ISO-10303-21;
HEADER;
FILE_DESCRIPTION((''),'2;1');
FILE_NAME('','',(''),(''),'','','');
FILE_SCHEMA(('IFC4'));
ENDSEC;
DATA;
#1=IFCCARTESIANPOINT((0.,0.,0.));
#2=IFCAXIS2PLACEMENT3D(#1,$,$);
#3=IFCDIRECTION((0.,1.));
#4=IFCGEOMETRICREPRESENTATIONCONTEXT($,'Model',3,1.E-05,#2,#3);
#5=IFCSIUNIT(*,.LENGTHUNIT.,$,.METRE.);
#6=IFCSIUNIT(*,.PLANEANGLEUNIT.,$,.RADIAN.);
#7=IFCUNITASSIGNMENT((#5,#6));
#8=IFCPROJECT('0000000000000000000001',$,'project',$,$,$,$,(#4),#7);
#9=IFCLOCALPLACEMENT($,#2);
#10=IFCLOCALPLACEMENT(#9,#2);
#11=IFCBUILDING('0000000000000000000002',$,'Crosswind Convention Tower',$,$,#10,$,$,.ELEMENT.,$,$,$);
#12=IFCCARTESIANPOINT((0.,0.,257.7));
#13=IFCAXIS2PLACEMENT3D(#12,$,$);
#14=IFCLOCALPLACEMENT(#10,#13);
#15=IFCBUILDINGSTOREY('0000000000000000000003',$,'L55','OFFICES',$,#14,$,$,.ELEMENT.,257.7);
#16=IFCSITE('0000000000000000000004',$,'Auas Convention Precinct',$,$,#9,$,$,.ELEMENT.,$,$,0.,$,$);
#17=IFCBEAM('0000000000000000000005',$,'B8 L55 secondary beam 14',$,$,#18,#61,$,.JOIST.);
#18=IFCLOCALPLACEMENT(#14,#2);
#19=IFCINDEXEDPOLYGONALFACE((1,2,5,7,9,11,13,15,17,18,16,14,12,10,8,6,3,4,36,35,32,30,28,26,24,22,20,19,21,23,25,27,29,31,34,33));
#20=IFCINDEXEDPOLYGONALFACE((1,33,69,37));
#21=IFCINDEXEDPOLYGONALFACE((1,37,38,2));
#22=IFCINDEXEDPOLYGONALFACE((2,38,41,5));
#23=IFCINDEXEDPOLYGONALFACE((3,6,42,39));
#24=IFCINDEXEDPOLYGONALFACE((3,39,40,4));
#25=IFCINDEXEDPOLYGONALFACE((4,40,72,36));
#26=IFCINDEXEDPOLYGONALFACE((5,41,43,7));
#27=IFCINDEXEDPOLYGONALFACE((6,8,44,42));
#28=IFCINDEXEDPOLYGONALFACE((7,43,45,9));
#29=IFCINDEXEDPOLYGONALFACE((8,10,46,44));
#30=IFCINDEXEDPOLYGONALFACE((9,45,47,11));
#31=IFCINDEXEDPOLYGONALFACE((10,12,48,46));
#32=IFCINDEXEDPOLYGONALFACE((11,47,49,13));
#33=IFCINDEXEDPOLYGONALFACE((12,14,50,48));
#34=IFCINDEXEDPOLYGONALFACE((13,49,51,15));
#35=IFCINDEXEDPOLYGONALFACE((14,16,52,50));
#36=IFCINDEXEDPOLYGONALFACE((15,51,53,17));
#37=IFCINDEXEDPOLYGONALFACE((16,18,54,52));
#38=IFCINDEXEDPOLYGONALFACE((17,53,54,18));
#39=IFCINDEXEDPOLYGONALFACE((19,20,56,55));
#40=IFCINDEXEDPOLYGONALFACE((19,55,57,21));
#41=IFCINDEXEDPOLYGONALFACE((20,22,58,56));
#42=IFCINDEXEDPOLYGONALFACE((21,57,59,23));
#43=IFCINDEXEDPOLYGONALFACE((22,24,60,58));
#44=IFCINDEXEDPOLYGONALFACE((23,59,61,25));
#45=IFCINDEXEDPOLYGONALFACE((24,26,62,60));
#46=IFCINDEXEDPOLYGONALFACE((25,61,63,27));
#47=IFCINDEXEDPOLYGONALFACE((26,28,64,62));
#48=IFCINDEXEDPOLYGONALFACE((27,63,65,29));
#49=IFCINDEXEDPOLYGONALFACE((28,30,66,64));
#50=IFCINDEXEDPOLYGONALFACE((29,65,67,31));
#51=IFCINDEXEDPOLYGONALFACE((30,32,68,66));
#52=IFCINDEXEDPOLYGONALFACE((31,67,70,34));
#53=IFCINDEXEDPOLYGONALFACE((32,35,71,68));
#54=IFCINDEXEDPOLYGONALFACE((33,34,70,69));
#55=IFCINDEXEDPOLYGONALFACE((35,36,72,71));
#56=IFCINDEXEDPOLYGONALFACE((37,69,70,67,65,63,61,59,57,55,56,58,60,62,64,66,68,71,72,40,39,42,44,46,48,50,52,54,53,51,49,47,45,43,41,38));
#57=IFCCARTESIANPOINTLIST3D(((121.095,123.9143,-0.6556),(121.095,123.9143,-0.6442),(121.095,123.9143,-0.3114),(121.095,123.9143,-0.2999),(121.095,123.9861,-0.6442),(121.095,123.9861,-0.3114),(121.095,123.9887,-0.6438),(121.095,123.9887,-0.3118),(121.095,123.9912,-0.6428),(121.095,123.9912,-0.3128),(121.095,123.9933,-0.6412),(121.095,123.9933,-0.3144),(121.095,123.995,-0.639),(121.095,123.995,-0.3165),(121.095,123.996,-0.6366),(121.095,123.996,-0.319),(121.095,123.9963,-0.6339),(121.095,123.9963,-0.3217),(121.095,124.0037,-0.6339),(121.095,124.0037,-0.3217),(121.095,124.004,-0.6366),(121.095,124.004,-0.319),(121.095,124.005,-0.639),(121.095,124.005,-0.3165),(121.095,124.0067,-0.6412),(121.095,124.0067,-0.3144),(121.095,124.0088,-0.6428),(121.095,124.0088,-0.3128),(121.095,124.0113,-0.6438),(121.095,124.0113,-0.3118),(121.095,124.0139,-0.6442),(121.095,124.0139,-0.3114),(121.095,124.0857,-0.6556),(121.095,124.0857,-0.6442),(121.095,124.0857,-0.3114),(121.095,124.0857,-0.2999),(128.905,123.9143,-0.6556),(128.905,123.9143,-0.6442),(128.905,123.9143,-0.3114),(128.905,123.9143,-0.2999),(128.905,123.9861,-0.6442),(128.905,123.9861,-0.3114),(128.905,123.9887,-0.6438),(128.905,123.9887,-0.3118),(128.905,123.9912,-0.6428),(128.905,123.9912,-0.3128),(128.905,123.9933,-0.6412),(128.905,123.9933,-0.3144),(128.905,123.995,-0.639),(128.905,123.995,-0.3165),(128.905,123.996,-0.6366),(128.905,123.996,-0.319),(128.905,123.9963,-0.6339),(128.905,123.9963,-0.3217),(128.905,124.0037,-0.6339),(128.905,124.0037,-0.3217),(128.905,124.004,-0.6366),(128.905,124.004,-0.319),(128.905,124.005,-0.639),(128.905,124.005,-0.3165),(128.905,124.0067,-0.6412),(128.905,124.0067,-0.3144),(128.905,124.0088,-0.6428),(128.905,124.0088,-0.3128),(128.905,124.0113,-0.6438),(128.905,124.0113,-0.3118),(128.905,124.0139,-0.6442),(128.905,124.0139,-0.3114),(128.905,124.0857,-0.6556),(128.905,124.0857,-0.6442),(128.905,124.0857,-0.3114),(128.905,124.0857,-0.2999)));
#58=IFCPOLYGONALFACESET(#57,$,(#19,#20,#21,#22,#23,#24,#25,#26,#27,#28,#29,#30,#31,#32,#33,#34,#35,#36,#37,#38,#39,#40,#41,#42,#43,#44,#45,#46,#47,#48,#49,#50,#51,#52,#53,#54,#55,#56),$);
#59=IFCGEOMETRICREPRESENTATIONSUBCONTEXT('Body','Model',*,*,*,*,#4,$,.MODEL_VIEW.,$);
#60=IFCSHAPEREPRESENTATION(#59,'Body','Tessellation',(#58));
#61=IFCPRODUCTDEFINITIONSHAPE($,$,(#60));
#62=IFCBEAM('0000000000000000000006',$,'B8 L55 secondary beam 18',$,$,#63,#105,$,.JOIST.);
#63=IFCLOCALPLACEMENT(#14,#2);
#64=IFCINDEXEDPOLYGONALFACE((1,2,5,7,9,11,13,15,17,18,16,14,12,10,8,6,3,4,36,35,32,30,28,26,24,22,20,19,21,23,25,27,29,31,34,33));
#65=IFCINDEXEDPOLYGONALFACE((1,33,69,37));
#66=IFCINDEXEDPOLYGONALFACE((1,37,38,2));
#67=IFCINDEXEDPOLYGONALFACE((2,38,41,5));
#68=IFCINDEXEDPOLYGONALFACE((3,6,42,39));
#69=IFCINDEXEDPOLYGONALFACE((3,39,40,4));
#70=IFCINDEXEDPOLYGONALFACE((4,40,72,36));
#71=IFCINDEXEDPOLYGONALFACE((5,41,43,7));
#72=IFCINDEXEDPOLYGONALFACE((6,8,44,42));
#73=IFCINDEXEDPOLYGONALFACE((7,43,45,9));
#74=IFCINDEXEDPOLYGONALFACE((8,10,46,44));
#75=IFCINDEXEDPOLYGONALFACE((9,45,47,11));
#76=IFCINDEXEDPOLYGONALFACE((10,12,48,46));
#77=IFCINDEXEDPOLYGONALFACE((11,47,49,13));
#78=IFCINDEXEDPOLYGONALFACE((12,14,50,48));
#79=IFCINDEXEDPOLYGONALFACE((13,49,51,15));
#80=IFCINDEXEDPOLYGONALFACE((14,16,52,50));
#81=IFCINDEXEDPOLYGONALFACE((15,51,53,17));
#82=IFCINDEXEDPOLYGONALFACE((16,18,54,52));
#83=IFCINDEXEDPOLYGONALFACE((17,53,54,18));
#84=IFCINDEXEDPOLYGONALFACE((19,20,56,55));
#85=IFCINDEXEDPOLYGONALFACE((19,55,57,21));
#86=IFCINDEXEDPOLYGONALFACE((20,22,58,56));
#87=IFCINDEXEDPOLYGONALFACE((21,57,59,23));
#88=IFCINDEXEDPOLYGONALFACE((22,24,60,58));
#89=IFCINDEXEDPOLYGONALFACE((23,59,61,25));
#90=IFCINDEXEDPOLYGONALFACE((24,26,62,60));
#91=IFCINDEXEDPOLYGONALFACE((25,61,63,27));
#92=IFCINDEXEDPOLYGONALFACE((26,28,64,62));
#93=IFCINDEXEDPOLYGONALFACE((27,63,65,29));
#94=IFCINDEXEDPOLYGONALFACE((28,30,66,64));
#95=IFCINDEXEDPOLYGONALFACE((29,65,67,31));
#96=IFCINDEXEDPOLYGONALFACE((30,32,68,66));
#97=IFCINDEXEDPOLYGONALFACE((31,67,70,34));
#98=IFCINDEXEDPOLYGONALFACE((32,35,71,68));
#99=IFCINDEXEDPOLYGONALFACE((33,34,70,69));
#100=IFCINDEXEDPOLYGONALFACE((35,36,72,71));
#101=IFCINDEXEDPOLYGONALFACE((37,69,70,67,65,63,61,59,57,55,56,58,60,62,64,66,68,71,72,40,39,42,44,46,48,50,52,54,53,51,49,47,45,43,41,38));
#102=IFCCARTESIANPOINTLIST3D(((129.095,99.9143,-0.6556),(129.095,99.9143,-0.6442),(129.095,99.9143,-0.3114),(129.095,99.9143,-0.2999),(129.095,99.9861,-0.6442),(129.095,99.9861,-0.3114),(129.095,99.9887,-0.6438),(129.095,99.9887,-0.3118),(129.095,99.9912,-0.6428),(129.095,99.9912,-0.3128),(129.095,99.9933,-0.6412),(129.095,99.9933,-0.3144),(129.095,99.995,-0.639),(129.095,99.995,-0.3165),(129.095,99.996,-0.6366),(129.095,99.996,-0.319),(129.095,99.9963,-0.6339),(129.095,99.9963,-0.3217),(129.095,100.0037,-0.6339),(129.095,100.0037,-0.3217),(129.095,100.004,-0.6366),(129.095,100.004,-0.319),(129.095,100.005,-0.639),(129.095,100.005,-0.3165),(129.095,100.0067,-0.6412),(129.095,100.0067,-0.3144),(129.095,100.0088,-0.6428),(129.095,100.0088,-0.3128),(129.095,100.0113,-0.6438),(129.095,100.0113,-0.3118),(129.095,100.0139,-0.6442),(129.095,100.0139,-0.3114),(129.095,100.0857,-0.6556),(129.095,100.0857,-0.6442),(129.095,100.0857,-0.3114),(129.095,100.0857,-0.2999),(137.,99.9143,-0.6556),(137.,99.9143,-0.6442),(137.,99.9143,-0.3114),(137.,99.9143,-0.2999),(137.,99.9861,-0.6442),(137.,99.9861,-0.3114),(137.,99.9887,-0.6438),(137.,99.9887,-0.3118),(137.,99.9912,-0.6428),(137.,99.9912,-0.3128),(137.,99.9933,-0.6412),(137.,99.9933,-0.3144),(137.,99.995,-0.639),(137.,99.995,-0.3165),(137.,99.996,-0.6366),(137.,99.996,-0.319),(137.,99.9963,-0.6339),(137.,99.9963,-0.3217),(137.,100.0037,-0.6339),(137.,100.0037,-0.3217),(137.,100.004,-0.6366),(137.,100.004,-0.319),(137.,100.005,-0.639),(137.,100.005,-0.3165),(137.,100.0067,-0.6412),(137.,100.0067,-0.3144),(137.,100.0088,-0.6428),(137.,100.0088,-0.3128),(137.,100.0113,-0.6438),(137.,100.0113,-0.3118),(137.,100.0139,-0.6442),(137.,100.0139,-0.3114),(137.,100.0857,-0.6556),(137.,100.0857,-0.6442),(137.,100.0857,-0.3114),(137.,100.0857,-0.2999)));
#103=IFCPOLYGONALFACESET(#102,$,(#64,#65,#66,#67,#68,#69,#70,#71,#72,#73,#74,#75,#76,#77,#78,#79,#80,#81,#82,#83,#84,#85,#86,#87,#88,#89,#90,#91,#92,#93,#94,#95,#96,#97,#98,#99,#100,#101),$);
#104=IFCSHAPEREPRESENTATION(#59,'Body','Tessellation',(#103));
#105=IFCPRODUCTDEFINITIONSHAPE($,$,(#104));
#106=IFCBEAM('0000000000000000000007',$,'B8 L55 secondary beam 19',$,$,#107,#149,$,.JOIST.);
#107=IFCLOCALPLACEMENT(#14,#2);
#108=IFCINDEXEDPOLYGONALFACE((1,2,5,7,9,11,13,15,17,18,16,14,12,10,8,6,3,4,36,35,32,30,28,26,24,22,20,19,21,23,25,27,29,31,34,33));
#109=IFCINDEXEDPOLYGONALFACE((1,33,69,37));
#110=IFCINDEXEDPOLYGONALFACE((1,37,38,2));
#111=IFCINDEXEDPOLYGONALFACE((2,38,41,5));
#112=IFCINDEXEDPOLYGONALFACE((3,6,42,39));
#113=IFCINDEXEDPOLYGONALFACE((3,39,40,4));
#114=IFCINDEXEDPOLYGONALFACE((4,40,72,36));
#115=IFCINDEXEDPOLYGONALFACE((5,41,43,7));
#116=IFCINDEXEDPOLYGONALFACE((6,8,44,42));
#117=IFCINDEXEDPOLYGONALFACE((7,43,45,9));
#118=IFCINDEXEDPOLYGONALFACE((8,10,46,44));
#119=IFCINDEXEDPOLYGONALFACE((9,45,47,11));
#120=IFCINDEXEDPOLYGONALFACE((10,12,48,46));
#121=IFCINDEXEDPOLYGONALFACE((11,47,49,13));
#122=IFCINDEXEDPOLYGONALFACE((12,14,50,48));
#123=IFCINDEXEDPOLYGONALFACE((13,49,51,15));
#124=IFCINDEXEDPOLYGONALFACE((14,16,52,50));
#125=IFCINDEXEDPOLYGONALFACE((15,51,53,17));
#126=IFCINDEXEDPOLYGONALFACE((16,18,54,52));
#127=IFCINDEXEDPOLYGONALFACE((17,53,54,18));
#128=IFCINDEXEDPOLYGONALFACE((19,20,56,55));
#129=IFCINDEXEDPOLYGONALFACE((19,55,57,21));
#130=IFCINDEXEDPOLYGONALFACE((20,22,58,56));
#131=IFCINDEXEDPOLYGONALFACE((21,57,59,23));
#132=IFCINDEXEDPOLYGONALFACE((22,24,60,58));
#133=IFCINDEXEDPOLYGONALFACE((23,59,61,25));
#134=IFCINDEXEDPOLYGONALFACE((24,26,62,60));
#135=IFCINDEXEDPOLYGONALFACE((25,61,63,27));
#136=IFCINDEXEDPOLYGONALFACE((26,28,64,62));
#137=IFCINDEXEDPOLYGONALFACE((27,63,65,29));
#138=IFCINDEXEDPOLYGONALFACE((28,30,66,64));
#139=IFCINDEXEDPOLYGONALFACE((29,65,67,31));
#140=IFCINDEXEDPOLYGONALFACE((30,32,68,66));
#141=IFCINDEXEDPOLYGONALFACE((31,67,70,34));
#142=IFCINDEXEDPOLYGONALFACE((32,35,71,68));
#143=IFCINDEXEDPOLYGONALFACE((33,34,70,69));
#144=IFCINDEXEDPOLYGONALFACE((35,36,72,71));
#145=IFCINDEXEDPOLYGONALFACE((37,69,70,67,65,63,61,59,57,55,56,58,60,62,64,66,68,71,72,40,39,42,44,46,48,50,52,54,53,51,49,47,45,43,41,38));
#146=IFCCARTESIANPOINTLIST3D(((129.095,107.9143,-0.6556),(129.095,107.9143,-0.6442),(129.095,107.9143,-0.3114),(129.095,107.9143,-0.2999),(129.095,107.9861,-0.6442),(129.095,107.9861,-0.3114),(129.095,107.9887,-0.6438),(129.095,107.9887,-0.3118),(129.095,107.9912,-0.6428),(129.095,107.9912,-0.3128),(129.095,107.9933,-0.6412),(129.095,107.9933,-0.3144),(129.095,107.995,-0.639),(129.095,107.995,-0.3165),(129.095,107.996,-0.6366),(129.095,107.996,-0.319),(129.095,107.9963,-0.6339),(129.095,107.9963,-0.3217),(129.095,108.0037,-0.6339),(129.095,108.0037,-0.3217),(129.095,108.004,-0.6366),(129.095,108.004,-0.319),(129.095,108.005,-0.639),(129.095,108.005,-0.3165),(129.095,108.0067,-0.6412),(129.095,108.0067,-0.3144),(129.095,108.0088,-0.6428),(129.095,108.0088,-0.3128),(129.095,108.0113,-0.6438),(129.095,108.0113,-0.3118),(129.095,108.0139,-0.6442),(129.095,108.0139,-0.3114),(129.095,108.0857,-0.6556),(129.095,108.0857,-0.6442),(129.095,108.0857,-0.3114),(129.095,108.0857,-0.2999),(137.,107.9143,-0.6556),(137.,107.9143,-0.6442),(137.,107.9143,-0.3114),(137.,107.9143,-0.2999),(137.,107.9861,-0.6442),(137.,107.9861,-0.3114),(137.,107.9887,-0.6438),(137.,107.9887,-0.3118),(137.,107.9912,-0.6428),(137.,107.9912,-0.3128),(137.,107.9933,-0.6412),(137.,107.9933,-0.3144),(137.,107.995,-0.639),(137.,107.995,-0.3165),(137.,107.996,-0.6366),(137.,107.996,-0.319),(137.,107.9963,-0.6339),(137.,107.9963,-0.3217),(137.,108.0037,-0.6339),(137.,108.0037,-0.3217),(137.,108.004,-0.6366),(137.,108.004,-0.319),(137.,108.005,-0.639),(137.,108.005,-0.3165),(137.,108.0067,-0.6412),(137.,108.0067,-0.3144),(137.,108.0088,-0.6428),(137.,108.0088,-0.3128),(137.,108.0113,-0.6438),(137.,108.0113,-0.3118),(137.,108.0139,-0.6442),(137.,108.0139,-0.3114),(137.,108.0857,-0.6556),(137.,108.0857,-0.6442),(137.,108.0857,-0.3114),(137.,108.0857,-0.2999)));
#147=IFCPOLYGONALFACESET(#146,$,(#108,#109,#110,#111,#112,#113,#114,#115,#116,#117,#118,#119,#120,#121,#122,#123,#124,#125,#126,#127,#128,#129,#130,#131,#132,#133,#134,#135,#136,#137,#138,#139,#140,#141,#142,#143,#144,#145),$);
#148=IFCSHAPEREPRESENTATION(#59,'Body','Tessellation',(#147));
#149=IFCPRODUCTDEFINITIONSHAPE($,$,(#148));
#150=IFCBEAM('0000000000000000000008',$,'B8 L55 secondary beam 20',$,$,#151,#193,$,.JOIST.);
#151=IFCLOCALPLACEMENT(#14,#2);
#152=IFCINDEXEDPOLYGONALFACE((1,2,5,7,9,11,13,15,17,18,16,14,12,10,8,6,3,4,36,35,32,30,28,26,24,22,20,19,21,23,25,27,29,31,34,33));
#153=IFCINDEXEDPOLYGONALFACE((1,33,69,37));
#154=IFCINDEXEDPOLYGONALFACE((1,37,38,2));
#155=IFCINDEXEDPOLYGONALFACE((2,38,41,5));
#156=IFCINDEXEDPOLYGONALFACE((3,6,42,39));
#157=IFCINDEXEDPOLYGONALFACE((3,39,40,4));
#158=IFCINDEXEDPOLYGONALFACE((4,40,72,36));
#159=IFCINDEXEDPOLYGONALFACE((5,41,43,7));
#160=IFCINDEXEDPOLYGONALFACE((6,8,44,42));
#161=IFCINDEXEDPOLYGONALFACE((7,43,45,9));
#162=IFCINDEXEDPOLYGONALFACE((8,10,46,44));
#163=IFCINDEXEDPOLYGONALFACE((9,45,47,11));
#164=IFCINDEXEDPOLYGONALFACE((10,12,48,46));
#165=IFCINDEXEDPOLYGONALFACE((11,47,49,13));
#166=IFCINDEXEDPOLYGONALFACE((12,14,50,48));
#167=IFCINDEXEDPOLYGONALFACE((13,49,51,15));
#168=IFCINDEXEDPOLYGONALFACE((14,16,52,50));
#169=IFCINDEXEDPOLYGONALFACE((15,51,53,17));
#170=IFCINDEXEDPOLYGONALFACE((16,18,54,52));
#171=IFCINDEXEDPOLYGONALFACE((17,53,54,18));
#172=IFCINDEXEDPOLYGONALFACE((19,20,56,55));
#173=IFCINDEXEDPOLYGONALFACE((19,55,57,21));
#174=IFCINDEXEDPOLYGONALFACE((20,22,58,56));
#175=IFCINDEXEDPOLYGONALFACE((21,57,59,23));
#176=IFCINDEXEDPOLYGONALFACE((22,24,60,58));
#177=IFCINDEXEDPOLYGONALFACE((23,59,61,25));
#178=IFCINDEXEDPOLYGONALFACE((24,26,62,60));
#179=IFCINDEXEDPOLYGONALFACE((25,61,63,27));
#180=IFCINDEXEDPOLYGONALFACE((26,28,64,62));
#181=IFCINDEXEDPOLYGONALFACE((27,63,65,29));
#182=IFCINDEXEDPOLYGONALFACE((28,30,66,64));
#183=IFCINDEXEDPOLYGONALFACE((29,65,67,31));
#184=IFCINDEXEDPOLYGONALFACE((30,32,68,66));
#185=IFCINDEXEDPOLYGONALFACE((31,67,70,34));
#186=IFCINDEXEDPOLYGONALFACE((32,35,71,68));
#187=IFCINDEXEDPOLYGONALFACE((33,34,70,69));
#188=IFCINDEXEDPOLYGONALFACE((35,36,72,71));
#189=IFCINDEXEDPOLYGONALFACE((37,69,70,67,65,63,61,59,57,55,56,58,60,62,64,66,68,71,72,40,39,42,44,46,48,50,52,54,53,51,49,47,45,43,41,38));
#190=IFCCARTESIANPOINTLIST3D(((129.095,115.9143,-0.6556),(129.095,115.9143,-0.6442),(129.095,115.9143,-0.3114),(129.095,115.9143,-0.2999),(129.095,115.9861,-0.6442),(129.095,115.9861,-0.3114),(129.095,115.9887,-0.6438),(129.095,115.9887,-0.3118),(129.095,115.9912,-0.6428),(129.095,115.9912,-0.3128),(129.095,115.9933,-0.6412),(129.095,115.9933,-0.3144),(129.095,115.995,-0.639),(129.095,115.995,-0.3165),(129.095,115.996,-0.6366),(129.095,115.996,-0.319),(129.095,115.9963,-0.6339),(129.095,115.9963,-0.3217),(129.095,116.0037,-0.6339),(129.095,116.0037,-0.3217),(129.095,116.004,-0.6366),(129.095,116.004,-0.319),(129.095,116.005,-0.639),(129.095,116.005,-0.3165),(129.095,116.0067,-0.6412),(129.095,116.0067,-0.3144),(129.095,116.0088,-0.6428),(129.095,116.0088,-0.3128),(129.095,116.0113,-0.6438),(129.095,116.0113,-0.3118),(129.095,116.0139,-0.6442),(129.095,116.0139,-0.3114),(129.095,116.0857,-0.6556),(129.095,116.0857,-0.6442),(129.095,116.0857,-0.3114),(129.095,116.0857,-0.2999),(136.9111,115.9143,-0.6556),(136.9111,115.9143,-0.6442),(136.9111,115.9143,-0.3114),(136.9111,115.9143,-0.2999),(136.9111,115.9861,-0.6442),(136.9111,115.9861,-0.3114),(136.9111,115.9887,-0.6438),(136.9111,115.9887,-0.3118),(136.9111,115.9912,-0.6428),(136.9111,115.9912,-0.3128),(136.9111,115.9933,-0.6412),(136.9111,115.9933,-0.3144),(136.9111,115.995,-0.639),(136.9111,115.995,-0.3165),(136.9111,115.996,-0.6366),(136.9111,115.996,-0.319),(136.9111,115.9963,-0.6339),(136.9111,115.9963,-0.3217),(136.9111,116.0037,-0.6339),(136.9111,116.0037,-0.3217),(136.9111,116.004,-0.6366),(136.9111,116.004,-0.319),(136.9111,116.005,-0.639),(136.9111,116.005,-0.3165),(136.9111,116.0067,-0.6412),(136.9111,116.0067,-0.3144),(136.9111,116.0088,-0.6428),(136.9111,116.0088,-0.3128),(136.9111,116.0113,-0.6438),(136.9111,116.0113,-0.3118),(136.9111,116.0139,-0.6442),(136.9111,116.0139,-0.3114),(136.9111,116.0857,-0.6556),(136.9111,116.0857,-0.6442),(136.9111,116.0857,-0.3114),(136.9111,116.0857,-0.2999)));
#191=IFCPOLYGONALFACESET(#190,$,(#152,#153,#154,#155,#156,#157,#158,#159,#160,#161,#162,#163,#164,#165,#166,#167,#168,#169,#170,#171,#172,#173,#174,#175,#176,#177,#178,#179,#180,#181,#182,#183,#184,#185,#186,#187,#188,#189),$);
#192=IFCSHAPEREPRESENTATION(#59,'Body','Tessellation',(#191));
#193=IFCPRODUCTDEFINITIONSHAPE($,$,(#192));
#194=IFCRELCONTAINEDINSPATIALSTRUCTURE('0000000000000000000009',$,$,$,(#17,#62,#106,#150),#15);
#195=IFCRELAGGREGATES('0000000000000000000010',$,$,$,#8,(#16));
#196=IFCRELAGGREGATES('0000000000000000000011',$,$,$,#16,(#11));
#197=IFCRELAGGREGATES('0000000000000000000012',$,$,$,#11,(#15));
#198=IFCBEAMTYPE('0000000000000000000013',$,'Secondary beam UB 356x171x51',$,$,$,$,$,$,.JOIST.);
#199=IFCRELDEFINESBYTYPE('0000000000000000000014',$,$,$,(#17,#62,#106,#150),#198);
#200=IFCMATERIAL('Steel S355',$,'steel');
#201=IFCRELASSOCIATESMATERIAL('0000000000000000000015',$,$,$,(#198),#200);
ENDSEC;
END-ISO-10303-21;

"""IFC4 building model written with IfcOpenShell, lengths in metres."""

from ifc_helpers import new_model, si_unit, direction, frame, origin, origin_2d, place, context, subcontext, project, spatial, i_section, extrude, material, material_profile, profile_set, type_object, element, save


model = new_model("IFC4")

# Units and contexts
model_context = context("Model", 3, precision=1e-05, world=origin(), true_north=direction((0.0, 1.0)))
body_context = subcontext(model_context, "Body", "Model", "MODEL_VIEW")
ifc_project = project(units=[si_unit("LENGTHUNIT", "METRE"), si_unit("PLANEANGLEUNIT", "RADIAN")], contexts=[model_context])

# Site, building, storey
site_placement = place(None, origin())
site = spatial("IfcSite", under=ifc_project, at=site_placement, Name="Auas Convention Precinct", CompositionType="ELEMENT", RefElevation=0.0)
building_placement = place(site_placement, origin())
building = spatial("IfcBuilding", under=site, at=building_placement, Name="Crosswind Convention Tower", CompositionType="ELEMENT")
storey_placement = place(building_placement, frame((0.0, 0.0, 257.7)))
storey = spatial("IfcBuildingStorey", under=building, at=storey_placement, Name="L55", Description="OFFICES", CompositionType="ELEMENT", Elevation=257.7)

# Shared definitions
ifc_material_1 = material(Name="Steel S355", Category="steel")

# Beams
ifc_material_profile_1 = material_profile(ifc_material_1, i_section(OverallWidth=0.1714, OverallDepth=0.3557, WebThickness=0.0073, FlangeThickness=0.0115, FilletRadius=0.0103, at=origin_2d()), Name="UB 356x171x51")
ifc_profile_set_1 = profile_set([ifc_material_profile_1], Name="Steel S355")
beam_type_1 = type_object("IfcBeamType", Name="Secondary beam UB 356x171x51", PredefinedType="JOIST", material=ifc_profile_set_1)
for number, where, z_axis, x_axis, name in (
    (1, (121.095, 124.0, -0.4778), (1.0, 0.0, 0.0), (0.0, 1.0, 0.0), "B8 L55 secondary beam 14"),
):
    element("IfcBeam", number, at=place(storey_placement, frame(where, z_axis=z_axis, x_axis=x_axis)), inside=storey, type_object=beam_type_1, Name=name, PredefinedType="JOIST", context=body_context, shape_type="SweptSolid", body=[
        extrude(i_section(OverallWidth=0.1714, OverallDepth=0.3557, WebThickness=0.0073, FlangeThickness=0.0115, FilletRadius=0.0103, at=origin_2d()), origin(), (0.0, 0.0, 1.0), 7.8101),
    ])
for number, where, z_axis, x_axis, name in (
    (2, (129.095, 100.0, -0.4778), (1.0, 0.0, 0.0), (0.0, 1.0, 0.0), "B8 L55 secondary beam 18"),
    (3, (129.095, 108.0, -0.4778), (1.0, 0.0, 0.0), (0.0, 1.0, 0.0), "B8 L55 secondary beam 19"),
):
    element("IfcBeam", number, at=place(storey_placement, frame(where, z_axis=z_axis, x_axis=x_axis)), inside=storey, type_object=beam_type_1, Name=name, PredefinedType="JOIST", context=body_context, shape_type="SweptSolid", body=[
        extrude(i_section(OverallWidth=0.1714, OverallDepth=0.3557, WebThickness=0.0073, FlangeThickness=0.0115, FilletRadius=0.0103, at=origin_2d()), origin(), (0.0, 0.0, 1.0), 7.905),
    ])
for number, where, z_axis, x_axis, name in (
    (4, (129.095, 116.0, -0.4778), (1.0, 0.0, 0.0), (0.0, 1.0, 0.0), "B8 L55 secondary beam 20"),
):
    element("IfcBeam", number, at=place(storey_placement, frame(where, z_axis=z_axis, x_axis=x_axis)), inside=storey, type_object=beam_type_1, Name=name, PredefinedType="JOIST", context=body_context, shape_type="SweptSolid", body=[
        extrude(i_section(OverallWidth=0.1714, OverallDepth=0.3557, WebThickness=0.0073, FlangeThickness=0.0115, FilletRadius=0.0103, at=origin_2d()), origin(), (0.0, 0.0, 1.0), 7.8162),
    ])

save(model, "model.ifc")
